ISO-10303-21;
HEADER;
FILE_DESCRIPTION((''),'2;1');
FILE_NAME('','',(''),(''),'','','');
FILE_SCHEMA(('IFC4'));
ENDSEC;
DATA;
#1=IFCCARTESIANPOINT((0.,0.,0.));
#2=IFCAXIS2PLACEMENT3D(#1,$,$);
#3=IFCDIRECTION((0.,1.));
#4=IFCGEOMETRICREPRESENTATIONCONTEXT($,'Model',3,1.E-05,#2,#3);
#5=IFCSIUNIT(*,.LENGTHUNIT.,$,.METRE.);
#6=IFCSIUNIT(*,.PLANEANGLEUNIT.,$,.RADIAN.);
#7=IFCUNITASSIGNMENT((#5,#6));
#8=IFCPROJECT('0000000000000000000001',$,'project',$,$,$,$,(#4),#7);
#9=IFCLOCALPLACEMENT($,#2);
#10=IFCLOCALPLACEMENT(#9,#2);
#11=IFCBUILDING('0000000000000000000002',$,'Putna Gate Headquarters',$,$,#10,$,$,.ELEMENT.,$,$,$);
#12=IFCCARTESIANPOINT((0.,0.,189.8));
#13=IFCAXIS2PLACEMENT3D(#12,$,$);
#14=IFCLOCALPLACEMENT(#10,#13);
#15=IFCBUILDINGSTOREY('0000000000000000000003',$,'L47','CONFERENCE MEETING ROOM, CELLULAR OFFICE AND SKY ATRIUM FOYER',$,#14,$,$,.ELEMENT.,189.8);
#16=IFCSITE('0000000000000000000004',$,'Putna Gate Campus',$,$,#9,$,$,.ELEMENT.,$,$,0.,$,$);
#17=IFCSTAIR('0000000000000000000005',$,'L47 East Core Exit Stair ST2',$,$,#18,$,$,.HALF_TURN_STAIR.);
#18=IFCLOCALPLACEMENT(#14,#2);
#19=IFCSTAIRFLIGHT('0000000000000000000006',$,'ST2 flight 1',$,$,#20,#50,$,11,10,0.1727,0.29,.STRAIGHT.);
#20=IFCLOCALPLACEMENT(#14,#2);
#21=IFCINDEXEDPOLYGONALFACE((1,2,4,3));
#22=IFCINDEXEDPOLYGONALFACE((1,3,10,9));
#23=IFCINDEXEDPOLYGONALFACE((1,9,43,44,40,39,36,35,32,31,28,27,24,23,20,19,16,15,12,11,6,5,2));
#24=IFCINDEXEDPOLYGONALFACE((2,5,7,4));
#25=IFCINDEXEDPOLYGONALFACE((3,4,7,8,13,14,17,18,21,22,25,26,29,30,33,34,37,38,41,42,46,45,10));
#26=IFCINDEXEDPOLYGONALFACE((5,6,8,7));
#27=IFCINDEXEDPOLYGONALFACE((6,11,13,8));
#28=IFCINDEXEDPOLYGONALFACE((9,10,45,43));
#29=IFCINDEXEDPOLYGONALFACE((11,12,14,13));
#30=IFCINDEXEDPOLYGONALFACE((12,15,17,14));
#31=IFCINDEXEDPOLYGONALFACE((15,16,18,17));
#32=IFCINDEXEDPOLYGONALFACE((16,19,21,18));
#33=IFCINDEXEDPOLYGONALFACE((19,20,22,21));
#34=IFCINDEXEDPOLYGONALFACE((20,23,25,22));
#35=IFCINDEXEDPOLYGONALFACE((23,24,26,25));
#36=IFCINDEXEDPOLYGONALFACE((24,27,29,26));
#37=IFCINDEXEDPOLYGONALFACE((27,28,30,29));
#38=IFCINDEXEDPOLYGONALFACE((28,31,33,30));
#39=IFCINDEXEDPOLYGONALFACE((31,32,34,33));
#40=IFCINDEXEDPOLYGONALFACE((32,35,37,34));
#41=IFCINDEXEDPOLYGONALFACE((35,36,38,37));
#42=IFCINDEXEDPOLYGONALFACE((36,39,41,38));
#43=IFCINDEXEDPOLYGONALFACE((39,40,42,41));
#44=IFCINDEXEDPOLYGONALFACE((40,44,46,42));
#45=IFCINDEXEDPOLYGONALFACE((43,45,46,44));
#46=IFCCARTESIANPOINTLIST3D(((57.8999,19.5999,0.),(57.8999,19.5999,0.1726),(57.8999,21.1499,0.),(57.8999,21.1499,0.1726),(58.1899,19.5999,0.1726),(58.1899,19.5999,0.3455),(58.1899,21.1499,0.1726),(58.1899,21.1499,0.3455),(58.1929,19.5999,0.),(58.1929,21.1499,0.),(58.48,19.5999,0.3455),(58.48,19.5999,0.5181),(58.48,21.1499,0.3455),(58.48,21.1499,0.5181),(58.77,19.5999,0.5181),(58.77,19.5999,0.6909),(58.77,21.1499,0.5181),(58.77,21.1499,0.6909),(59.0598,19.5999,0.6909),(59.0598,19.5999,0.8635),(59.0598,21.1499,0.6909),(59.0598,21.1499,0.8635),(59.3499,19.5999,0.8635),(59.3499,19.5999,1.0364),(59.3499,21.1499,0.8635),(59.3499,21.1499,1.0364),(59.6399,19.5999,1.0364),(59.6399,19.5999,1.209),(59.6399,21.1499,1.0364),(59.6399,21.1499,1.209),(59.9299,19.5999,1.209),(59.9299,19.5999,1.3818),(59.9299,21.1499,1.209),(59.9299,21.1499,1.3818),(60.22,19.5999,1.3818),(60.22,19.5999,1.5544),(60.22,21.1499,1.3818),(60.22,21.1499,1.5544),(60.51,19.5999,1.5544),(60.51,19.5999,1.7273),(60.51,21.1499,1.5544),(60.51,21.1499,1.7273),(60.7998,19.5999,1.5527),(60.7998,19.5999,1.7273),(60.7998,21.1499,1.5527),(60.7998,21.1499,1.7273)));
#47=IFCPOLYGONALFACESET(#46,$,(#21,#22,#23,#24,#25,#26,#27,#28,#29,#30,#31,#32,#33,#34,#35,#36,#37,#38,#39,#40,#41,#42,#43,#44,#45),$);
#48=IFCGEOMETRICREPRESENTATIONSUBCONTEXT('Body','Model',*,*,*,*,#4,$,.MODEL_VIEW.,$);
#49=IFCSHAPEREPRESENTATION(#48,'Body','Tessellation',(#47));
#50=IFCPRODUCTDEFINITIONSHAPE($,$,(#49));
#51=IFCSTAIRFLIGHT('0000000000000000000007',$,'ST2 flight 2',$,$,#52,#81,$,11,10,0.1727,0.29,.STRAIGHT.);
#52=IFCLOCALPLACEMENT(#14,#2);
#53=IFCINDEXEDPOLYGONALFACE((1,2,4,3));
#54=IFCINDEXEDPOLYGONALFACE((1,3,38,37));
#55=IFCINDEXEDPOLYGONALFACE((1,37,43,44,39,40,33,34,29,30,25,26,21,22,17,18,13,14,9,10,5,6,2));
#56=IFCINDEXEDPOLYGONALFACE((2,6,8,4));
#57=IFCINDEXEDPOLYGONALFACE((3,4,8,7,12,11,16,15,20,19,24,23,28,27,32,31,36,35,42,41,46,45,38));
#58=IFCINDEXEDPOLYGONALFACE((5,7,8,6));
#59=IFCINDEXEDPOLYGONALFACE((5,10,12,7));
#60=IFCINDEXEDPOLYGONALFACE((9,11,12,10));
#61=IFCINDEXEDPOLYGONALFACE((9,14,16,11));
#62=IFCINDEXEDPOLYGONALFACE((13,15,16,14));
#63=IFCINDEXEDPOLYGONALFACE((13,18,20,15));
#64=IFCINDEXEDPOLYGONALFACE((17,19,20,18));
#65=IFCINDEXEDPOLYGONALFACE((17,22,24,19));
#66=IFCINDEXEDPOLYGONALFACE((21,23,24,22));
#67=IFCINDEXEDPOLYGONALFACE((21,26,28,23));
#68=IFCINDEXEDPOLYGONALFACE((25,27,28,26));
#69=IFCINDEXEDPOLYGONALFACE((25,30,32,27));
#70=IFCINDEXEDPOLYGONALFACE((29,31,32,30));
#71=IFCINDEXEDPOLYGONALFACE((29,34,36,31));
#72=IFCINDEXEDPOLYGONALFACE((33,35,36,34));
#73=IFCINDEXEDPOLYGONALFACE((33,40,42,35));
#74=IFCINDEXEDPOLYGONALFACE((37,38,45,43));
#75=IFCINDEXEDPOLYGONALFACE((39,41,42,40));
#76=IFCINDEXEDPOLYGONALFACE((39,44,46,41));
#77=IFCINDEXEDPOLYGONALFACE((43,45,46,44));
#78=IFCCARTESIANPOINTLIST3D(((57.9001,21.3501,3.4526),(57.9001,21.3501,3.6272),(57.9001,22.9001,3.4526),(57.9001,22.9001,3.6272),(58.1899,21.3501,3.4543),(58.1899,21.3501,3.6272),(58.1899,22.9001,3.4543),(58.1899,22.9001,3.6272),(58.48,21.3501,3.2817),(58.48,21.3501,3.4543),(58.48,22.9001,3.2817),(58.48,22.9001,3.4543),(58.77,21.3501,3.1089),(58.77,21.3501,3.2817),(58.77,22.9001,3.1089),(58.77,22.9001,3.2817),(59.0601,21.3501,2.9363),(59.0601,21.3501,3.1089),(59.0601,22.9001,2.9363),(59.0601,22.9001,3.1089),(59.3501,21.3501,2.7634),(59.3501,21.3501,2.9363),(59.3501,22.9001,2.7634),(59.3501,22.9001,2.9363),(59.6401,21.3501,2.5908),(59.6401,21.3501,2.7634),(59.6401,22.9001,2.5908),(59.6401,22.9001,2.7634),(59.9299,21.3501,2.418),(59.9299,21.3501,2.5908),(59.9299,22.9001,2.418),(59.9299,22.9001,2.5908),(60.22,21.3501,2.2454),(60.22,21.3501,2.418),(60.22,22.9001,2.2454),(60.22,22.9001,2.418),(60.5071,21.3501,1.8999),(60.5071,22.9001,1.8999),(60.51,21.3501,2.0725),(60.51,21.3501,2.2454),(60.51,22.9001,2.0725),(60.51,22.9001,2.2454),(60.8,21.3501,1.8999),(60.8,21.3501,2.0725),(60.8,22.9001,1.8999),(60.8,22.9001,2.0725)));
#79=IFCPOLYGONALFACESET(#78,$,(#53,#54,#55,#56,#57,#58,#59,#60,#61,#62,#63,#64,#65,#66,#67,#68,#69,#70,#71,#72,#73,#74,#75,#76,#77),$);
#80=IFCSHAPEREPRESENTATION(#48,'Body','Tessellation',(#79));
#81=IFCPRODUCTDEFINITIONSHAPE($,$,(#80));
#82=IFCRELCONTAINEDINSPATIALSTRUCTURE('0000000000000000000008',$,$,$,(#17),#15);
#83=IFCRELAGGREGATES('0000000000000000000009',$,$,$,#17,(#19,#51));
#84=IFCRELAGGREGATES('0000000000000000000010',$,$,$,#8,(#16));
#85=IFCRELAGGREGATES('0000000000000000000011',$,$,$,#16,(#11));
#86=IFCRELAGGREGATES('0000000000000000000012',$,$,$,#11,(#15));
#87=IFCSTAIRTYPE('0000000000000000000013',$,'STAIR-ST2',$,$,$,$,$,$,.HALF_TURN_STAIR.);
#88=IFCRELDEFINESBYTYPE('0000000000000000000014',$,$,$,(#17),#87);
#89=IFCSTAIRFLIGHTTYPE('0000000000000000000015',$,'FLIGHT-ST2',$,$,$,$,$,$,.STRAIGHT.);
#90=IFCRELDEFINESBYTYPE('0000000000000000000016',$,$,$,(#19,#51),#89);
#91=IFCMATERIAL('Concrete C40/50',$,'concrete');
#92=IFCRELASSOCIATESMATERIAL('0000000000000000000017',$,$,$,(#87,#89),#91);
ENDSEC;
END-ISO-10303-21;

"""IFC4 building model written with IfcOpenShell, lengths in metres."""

from ifc_helpers import new_model, si_unit, direction, frame, origin, place, context, subcontext, project, spatial, polyline, outline, extrude, material, type_object, element, aggregate, save


model = new_model("IFC4")

# Units and contexts
model_context = context("Model", 3, precision=1e-05, world=origin(), true_north=direction((0.0, 1.0)))
body_context = subcontext(model_context, "Body", "Model", "MODEL_VIEW")
ifc_project = project(units=[si_unit("LENGTHUNIT", "METRE"), si_unit("PLANEANGLEUNIT", "RADIAN")], contexts=[model_context])

# Site, building, storey
site_placement = place(None, origin())
site = spatial("IfcSite", under=ifc_project, at=site_placement, Name="Putna Gate Campus", CompositionType="ELEMENT", RefElevation=0.0)
building_placement = place(site_placement, origin())
building = spatial("IfcBuilding", under=site, at=building_placement, Name="Putna Gate Headquarters", CompositionType="ELEMENT")
storey_placement = place(building_placement, frame((0.0, 0.0, 189.8)))
storey = spatial("IfcBuildingStorey", under=building, at=storey_placement, Name="L47", Description="CONFERENCE MEETING ROOM, CELLULAR OFFICE AND SKY ATRIUM FOYER", CompositionType="ELEMENT", Elevation=189.8)

# Shared definitions
ifc_material_1 = material(Name="Concrete C40/50", Category="concrete")

# Stair, stair flights
stair_type = type_object("IfcStairType", Name="STAIR-ST2", PredefinedType="HALF_TURN_STAIR", material=ifc_material_1)
stair_placement = place(storey_placement, origin())
stair = element("IfcStair", 1, at=stair_placement, inside=storey, type_object=stair_type, Name="L47 East Core Exit Stair ST2", PredefinedType="HALF_TURN_STAIR")
stair_flight_type = type_object("IfcStairFlightType", Name="FLIGHT-ST2", PredefinedType="STRAIGHT", material=ifc_material_1)
stair_flight_1_placement = place(storey_placement, frame((57.8999, 20.375, 0.0), z_axis=(0.0, 0.0, 1.0), x_axis=(1.0, 0.0, 0.0)))
stair_flight_1 = element("IfcStairFlight", 2, at=stair_flight_1_placement, type_object=stair_flight_type, Name="ST2 flight 1", NumberOfRisers=11, NumberOfTreads=10, PredefinedType="STRAIGHT", RiserHeight=0.1727, TreadLength=0.29, context=body_context, shape_type="SweptSolid", body=[
    extrude(outline(polyline([(0.0, 0.0), (0.0, 0.1726), (0.29, 0.1726), (0.29, 0.3455), (0.5801, 0.3455), (0.5801, 0.5181), (0.8701, 0.5181), (0.8701, 0.6909), (1.1599, 0.6909), (1.1599, 0.8635), (1.45, 0.8635), (1.45, 1.0364), (1.74, 1.0364), (1.74, 1.209), (2.03, 1.209), (2.03, 1.3818), (2.3201, 1.3818), (2.3201, 1.5544), (2.6101, 1.5544), (2.6101, 1.7273), (2.8999, 1.7273), (2.8999, 1.8999), (2.8999, 1.5527), (0.293, 0.0), (0.0, 0.0)])), frame((0.0, 0.7749, 0.0), z_axis=(0.0, -1.0, 0.0), x_axis=(1.0, 0.0, 0.0)), (0.0, 0.0, 1.0), 1.55),
])
stair_flight_2_placement = place(storey_placement, frame((60.8, 22.125, 1.8999), z_axis=(0.0, 0.0, 1.0), x_axis=(-1.0, 0.0, 0.0)))
stair_flight_2 = element("IfcStairFlight", 3, at=stair_flight_2_placement, type_object=stair_flight_type, Name="ST2 flight 2", NumberOfRisers=11, NumberOfTreads=10, PredefinedType="STRAIGHT", RiserHeight=0.1727, TreadLength=0.29, context=body_context, shape_type="SweptSolid", body=[
    extrude(outline(polyline([(0.0, 0.0), (0.0, 0.1726), (0.29, 0.1726), (0.29, 0.3455), (0.5801, 0.3455), (0.5801, 0.5181), (0.8701, 0.5181), (0.8701, 0.6909), (1.1599, 0.6909), (1.1599, 0.8635), (1.45, 0.8635), (1.45, 1.0364), (1.74, 1.0364), (1.74, 1.209), (2.03, 1.209), (2.03, 1.3818), (2.3201, 1.3818), (2.3201, 1.5544), (2.6101, 1.5544), (2.6101, 1.7273), (2.8999, 1.7273), (2.8999, 1.8999), (2.8999, 1.5527), (0.293, 0.0), (0.0, 0.0)])), frame((0.0, 0.7749, 0.0), z_axis=(0.0, -1.0, 0.0), x_axis=(1.0, 0.0, 0.0)), (0.0, 0.0, 1.0), 1.55),
])
aggregate(stair, [stair_flight_1, stair_flight_2])

save(model, "model.ifc")
